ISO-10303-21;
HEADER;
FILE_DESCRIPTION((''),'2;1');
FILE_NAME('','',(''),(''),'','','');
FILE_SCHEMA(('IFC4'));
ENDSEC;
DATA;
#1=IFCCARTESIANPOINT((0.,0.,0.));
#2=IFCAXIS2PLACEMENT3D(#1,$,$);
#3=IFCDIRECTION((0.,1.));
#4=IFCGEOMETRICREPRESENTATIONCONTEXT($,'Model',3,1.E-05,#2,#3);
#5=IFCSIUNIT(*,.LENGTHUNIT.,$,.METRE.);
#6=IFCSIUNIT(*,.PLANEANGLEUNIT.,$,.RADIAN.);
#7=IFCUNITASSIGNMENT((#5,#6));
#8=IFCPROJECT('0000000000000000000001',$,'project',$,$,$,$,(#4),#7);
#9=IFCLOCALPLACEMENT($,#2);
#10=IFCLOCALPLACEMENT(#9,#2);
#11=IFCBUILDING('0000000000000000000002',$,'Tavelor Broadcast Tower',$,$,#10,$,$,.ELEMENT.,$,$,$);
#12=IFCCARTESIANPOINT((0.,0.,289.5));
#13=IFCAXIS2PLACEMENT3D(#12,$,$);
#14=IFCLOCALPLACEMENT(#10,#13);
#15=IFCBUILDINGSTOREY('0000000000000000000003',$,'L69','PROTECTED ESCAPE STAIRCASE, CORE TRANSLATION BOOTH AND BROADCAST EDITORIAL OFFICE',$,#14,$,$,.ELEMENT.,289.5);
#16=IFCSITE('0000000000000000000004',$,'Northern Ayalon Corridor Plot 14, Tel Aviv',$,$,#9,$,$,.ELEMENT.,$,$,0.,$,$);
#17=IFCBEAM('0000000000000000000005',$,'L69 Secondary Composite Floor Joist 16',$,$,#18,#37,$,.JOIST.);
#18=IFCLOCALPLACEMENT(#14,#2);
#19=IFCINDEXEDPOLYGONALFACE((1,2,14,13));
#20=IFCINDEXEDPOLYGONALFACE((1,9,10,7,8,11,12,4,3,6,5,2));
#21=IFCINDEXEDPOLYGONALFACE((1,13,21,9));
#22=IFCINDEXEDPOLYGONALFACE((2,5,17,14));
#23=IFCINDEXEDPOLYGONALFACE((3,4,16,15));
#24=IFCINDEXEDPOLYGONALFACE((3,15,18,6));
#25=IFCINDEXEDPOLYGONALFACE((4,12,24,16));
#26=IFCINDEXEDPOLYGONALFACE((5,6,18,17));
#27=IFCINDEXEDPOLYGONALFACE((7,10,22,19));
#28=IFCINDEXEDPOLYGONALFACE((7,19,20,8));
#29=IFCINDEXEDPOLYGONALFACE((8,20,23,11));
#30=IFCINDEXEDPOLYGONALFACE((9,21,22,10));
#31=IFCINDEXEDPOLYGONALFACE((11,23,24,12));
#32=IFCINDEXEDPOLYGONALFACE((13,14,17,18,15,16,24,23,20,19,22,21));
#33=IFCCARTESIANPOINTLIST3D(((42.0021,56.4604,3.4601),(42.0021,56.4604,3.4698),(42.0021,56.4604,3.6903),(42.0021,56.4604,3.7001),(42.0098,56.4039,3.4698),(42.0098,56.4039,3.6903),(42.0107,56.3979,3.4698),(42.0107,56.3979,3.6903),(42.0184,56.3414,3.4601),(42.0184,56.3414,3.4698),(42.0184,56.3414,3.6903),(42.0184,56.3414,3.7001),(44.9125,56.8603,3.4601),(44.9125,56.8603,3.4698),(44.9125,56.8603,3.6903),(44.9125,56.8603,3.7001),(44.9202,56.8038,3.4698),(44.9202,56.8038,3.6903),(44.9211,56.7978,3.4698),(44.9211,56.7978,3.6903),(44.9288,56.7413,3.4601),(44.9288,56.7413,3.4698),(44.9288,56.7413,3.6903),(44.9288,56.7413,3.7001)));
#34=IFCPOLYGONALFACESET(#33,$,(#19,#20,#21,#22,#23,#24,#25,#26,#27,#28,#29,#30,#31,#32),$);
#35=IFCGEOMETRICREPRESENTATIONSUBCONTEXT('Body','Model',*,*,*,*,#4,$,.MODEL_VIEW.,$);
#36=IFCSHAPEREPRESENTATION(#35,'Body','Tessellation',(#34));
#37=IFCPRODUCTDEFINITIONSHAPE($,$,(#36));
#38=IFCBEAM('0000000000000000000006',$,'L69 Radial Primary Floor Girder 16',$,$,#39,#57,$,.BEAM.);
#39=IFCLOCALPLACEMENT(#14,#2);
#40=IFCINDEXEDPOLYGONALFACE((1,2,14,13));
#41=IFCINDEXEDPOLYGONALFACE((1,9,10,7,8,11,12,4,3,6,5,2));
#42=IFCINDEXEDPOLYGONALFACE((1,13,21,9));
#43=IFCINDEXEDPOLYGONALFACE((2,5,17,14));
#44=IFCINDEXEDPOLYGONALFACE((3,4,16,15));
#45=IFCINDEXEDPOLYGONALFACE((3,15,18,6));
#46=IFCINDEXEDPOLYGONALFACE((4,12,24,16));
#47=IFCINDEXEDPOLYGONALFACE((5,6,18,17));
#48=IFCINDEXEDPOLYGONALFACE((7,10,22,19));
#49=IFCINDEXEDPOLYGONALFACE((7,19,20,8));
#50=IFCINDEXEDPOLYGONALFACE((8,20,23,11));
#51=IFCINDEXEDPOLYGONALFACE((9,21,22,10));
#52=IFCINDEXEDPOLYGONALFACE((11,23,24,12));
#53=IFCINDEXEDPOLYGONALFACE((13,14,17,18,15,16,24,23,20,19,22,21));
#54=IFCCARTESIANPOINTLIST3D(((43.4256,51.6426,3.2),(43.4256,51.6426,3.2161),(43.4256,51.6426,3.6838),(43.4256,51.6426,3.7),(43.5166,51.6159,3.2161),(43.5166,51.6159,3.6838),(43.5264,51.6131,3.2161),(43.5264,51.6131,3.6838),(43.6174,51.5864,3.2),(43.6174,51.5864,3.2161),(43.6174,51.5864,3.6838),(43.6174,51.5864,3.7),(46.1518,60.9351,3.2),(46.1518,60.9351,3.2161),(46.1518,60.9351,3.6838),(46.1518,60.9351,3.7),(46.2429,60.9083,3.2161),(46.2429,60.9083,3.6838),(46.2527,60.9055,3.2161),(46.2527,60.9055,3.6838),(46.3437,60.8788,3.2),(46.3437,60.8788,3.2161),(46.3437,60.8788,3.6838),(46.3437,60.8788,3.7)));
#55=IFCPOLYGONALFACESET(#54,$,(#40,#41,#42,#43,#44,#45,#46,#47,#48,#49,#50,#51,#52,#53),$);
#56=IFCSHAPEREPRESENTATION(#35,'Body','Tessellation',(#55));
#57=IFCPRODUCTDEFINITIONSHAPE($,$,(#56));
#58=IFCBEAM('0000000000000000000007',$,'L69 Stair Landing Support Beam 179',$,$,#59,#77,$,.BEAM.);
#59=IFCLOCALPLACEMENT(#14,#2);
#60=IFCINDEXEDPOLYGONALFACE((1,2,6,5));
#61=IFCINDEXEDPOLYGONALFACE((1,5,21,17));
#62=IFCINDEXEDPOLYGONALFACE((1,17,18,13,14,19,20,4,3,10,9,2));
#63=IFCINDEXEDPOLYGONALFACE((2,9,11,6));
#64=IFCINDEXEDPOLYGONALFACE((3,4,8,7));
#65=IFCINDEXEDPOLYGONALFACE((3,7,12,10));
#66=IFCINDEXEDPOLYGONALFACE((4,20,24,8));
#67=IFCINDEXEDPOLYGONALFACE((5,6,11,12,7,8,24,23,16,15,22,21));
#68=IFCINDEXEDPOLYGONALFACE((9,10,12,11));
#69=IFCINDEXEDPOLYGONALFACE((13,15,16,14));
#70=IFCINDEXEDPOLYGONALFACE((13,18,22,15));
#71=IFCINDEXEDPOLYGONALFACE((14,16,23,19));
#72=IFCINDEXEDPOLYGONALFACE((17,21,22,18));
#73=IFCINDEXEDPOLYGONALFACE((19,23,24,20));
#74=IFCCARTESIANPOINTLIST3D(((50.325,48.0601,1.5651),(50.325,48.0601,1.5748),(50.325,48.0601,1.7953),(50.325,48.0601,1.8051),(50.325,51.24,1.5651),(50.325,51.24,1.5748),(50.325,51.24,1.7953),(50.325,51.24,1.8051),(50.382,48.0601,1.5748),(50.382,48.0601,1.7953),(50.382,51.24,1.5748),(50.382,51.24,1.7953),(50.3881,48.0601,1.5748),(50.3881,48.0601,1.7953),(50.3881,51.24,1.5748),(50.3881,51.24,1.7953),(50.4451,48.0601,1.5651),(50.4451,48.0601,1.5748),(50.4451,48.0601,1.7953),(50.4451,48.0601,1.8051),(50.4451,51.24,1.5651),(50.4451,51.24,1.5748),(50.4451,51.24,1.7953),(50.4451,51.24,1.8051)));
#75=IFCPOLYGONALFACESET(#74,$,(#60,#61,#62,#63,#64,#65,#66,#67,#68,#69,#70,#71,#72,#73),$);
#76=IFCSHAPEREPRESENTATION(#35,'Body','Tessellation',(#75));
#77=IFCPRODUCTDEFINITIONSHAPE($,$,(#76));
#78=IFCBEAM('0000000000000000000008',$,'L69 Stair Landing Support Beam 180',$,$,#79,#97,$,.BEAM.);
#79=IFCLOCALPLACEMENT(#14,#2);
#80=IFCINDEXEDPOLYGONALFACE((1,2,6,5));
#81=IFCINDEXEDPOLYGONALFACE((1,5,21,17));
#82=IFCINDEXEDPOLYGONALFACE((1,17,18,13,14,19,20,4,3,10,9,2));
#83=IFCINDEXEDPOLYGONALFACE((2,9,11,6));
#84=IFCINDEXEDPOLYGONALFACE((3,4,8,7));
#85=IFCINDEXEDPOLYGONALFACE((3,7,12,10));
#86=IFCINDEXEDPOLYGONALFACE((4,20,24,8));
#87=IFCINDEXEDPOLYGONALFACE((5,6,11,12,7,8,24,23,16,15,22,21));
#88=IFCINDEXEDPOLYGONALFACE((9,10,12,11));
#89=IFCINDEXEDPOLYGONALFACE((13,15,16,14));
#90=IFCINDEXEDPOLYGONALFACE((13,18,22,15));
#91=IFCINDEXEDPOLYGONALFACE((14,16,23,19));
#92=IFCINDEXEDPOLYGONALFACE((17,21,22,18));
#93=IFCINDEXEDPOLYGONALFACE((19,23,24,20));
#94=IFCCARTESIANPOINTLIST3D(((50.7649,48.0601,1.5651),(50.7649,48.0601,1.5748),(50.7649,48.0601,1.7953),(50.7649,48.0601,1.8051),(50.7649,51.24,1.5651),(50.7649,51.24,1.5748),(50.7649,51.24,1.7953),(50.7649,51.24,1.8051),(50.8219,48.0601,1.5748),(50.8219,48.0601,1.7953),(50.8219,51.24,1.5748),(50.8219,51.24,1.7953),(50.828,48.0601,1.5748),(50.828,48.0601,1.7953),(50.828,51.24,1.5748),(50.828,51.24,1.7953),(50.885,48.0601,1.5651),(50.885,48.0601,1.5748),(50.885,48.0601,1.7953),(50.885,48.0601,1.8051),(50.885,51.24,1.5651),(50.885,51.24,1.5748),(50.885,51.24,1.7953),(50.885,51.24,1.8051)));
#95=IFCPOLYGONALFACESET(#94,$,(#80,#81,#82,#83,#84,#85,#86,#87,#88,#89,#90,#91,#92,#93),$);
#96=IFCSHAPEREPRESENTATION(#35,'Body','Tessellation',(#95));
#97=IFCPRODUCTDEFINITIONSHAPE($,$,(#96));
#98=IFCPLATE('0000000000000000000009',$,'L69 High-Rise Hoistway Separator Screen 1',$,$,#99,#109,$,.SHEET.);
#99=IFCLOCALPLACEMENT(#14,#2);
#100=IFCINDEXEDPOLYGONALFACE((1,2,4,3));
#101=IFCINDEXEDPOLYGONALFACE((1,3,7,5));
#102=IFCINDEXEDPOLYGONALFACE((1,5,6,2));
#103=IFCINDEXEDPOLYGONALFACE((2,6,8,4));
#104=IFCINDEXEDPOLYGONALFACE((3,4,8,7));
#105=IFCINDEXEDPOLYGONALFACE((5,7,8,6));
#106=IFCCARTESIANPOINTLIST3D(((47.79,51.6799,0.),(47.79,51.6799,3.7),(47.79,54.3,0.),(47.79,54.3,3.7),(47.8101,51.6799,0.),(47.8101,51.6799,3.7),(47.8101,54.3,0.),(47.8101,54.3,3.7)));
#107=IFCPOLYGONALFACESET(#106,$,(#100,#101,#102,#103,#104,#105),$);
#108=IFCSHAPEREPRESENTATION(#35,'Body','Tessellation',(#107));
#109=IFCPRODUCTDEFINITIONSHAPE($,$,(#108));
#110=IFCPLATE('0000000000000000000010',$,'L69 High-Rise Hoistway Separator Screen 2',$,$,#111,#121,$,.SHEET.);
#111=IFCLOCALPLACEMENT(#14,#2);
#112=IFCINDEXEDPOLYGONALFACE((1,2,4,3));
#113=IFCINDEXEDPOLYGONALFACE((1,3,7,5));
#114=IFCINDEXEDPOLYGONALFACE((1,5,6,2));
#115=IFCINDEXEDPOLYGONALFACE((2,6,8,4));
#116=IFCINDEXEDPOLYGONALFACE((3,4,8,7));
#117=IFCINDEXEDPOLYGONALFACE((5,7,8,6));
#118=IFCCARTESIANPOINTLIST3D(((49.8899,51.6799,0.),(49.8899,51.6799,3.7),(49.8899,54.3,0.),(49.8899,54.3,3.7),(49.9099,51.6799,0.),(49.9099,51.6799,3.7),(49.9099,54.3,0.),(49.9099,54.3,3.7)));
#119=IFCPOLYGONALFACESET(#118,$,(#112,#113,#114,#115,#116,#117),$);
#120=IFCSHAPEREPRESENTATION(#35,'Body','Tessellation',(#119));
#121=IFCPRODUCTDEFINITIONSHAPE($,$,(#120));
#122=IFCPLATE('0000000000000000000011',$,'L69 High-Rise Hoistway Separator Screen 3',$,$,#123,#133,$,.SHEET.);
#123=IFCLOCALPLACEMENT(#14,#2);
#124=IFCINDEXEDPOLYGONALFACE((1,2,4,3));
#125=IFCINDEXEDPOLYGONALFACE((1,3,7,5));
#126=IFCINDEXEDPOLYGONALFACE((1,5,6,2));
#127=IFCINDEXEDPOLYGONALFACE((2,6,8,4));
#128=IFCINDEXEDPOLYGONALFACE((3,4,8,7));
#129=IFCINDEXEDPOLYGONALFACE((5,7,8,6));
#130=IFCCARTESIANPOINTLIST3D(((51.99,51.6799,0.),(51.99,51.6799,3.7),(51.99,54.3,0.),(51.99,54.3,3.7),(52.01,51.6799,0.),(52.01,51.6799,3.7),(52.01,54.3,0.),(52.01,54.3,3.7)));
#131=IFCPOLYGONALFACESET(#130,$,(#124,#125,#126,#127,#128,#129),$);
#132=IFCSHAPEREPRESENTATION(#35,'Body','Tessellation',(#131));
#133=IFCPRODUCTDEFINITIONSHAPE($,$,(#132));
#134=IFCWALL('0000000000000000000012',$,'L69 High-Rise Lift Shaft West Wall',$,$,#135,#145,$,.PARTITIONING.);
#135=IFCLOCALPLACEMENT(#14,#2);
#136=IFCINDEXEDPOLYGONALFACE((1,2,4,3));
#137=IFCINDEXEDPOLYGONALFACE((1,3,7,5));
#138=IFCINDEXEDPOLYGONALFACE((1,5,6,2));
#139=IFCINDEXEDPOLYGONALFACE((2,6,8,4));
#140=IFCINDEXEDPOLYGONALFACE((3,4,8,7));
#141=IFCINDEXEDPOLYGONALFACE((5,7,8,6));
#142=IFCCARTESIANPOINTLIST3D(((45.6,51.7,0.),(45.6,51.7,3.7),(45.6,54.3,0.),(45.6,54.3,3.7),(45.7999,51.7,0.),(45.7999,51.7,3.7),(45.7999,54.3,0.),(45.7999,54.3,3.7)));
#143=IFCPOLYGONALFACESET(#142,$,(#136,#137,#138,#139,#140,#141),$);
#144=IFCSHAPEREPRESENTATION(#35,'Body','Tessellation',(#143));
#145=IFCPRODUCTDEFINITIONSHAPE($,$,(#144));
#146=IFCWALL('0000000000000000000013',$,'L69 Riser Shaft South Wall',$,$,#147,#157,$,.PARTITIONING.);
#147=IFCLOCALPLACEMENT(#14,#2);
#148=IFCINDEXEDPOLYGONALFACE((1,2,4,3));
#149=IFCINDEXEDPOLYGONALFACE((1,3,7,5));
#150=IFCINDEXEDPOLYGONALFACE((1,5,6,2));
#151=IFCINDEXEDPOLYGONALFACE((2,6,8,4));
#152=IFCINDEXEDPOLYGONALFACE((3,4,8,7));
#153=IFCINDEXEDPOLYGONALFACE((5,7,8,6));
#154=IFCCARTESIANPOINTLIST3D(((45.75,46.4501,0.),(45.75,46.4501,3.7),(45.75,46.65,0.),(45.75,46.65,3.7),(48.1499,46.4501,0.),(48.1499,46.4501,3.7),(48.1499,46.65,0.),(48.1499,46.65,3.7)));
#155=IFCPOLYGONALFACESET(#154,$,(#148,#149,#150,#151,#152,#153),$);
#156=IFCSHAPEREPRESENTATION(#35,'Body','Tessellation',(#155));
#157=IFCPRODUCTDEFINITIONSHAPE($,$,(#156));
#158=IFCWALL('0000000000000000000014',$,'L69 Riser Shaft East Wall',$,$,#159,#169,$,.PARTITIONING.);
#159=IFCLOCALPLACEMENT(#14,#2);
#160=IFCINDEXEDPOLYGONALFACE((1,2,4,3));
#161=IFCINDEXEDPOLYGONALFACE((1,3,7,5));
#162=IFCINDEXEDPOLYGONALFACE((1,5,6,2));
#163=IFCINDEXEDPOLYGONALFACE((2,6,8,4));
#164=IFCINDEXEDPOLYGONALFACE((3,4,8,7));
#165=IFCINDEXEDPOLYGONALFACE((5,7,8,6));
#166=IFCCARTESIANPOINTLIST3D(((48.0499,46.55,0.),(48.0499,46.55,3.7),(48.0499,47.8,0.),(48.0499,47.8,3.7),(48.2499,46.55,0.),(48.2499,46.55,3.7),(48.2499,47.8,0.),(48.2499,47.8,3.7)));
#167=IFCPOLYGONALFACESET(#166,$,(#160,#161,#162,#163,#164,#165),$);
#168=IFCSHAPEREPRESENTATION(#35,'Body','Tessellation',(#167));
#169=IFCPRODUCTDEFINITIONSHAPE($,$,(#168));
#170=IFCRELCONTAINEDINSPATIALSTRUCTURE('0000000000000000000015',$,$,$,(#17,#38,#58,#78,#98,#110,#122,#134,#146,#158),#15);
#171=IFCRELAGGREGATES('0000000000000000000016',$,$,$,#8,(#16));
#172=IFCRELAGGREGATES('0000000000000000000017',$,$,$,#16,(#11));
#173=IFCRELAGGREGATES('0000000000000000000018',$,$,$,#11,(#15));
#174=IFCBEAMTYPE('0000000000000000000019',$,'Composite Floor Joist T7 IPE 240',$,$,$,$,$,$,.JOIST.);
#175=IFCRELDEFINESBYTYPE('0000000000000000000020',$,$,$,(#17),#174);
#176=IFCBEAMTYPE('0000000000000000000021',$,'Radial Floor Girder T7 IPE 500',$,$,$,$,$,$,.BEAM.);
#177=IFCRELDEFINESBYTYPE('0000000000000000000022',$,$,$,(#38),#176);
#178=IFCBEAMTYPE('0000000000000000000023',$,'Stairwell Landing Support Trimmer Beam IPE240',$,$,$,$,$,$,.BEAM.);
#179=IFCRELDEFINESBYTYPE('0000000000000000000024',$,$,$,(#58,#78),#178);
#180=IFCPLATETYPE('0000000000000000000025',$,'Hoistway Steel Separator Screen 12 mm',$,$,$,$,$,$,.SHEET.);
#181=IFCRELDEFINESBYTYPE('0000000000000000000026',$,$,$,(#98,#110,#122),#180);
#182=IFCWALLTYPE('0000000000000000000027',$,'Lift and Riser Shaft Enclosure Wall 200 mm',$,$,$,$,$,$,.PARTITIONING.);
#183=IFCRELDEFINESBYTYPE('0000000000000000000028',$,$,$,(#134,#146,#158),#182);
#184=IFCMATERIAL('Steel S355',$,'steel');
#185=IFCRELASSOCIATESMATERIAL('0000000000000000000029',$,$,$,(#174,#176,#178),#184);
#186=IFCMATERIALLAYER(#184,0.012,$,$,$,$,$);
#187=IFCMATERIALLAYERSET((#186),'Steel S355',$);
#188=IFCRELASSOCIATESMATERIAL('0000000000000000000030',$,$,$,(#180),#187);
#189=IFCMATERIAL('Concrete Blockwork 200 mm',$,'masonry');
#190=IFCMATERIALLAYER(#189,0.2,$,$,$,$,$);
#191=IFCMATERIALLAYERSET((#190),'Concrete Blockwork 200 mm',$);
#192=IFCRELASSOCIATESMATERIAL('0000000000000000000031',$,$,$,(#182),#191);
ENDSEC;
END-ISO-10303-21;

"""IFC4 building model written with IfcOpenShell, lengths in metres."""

from ifc_helpers import new_model, si_unit, direction, frame, frame_2d, origin, origin_2d, place, context, subcontext, project, spatial, rectangle, i_section, extrude, source, transform, mapped, material, layer, layer_set, material_profile, profile_set, type_object, type_shapes, element, save


model = new_model("IFC4")

# Units and contexts
model_context = context("Model", 3, precision=1e-05, world=origin(), true_north=direction((0.0, 1.0)))
body_context = subcontext(model_context, "Body", "Model", "MODEL_VIEW")
ifc_project = project(units=[si_unit("LENGTHUNIT", "METRE"), si_unit("PLANEANGLEUNIT", "RADIAN")], contexts=[model_context])

# Site, building, storey
site_placement = place(None, origin())
site = spatial("IfcSite", under=ifc_project, at=site_placement, Name="Northern Ayalon Corridor Plot 14, Tel Aviv", CompositionType="ELEMENT", RefElevation=0.0)
building_placement = place(site_placement, origin())
building = spatial("IfcBuilding", under=site, at=building_placement, Name="Tavelor Broadcast Tower", CompositionType="ELEMENT")
storey_placement = place(building_placement, frame((0.0, 0.0, 289.5)))
storey = spatial("IfcBuildingStorey", under=building, at=storey_placement, Name="L69", Description="PROTECTED ESCAPE STAIRCASE, CORE TRANSLATION BOOTH AND BROADCAST EDITORIAL OFFICE", CompositionType="ELEMENT", Elevation=289.5)

# Beams
ifc_material_1 = material(Name="Steel S355", Category="steel")
ifc_material_profile_1 = material_profile(ifc_material_1, i_section(OverallWidth=0.1201, OverallDepth=0.24, WebThickness=0.0061, FlangeThickness=0.0098, at=origin_2d()), Name="IPE 240")
ifc_profile_set_1 = profile_set([ifc_material_profile_1], Name="Steel S355")
beam_type_1 = type_object("IfcBeamType", Name="Composite Floor Joist T7 IPE 240", PredefinedType="JOIST", material=ifc_profile_set_1)
beam_1_placement = place(storey_placement, frame((44.9207, 56.8008, 3.5801), z_axis=(-0.990692, -0.136126, 0.0), x_axis=(0.136126, -0.990692, 0.0)))
element("IfcBeam", 1, at=beam_1_placement, inside=storey, type_object=beam_type_1, Name="L69 Secondary Composite Floor Joist 16", PredefinedType="JOIST", context=body_context, shape_type="SweptSolid", body=[
    extrude(i_section(OverallWidth=0.1201, OverallDepth=0.24, WebThickness=0.0061, FlangeThickness=0.0098, at=origin_2d()), origin(), (0.0, 0.0, 1.0), 2.9377),
])
ifc_material_profile_2 = material_profile(ifc_material_1, i_section(OverallWidth=0.2, OverallDepth=0.5, WebThickness=0.0103, FlangeThickness=0.0161, at=origin_2d()), Name="IPE 500")
ifc_profile_set_2 = profile_set([ifc_material_profile_2], Name="Steel S355")
beam_type_2 = type_object("IfcBeamType", Name="Radial Floor Girder T7 IPE 500", PredefinedType="BEAM", material=ifc_profile_set_2)
beam_2_placement = place(storey_placement, frame((43.5215, 51.6145, 3.45), z_axis=(0.281523, 0.959554, 0.0), x_axis=(-0.959554, 0.281523, 0.0)))
element("IfcBeam", 2, at=beam_2_placement, inside=storey, type_object=beam_type_2, Name="L69 Radial Primary Floor Girder 16", PredefinedType="BEAM", context=body_context, shape_type="SweptSolid", body=[
    extrude(i_section(OverallWidth=0.2, OverallDepth=0.5, WebThickness=0.0103, FlangeThickness=0.0161, at=origin_2d()), origin(), (0.0, 0.0, 1.0), 9.6841),
])
ifc_material_profile_3 = material_profile(ifc_material_1, i_section(OverallWidth=0.1201, OverallDepth=0.24, WebThickness=0.0061, FlangeThickness=0.0098, at=origin_2d()), Name="IPE 240")
ifc_profile_set_3 = profile_set([ifc_material_profile_3], Name="Steel S355")
beam_type_3 = type_object("IfcBeamType", Name="Stairwell Landing Support Trimmer Beam IPE240", PredefinedType="BEAM", material=ifc_profile_set_3)
for number, where, z_axis, x_axis, name in (
    (3, (50.385, 48.0601, 1.6851), (0.0, 1.0, 0.0), (-1.0, 0.0, 0.0), "L69 Stair Landing Support Beam 179"),
    (4, (50.825, 48.0601, 1.6851), (0.0, 1.0, 0.0), (-1.0, 0.0, 0.0), "L69 Stair Landing Support Beam 180"),
):
    element("IfcBeam", number, at=place(storey_placement, frame(where, z_axis=z_axis, x_axis=x_axis)), inside=storey, type_object=beam_type_3, Name=name, PredefinedType="BEAM", context=body_context, shape_type="SweptSolid", body=[
        extrude(i_section(OverallWidth=0.1201, OverallDepth=0.24, WebThickness=0.0061, FlangeThickness=0.0098, at=origin_2d()), origin(), (0.0, 0.0, 1.0), 3.1799),
    ])

# Plates
ifc_layer_1 = layer(ifc_material_1, 0.012)
ifc_layer_set_1 = layer_set([ifc_layer_1], Name="Steel S355")
plate_type = type_object("IfcPlateType", Name="Hoistway Steel Separator Screen 12 mm", PredefinedType="SHEET", material=ifc_layer_set_1)
shared_shape = source(origin(), body_context, "Body", "SweptSolid", [
    extrude(rectangle(XDim=0.02, YDim=2.6201, at=origin_2d()), origin(), (0.0, 0.0, 1.0), 3.7),
])
type_shapes(plate_type, [shared_shape])
for number, where, z_axis, x_axis, name in (
    (5, (47.8, 52.99, 0.0), (0.0, 0.0, 1.0), (1.0, 0.0, 0.0), "L69 High-Rise Hoistway Separator Screen 1"),
    (6, (49.8999, 52.99, 0.0), (0.0, 0.0, 1.0), (1.0, 0.0, 0.0), "L69 High-Rise Hoistway Separator Screen 2"),
    (7, (52.0, 52.99, 0.0), (0.0, 0.0, 1.0), (1.0, 0.0, 0.0), "L69 High-Rise Hoistway Separator Screen 3"),
):
    element("IfcPlate", number, at=place(storey_placement, frame(where, z_axis=z_axis, x_axis=x_axis)), inside=storey, type_object=plate_type, Name=name, PredefinedType="SHEET", context=body_context, shape_type="MappedRepresentation", body=[
        mapped(shared_shape, transform((0.0, 0.0, 0.0), scale=1.0)),
    ])

# Shared definitions
ifc_material_2 = material(Name="Concrete Blockwork 200 mm", Category="masonry")

# Walls
ifc_layer_2 = layer(ifc_material_2, 0.2)
ifc_layer_set_2 = layer_set([ifc_layer_2], Name="Concrete Blockwork 200 mm")
wall_type_1 = type_object("IfcWallType", Name="Lift and Riser Shaft Enclosure Wall 200 mm", PredefinedType="PARTITIONING", material=ifc_layer_set_2)
wall_1_placement = place(storey_placement, frame((45.7, 51.7, 0.0), z_axis=(0.0, 0.0, 1.0), x_axis=(0.0, 1.0, 0.0)))
element("IfcWall", 8, at=wall_1_placement, inside=storey, type_object=wall_type_1, Name="L69 High-Rise Lift Shaft West Wall", PredefinedType="PARTITIONING", context=body_context, shape_type="SweptSolid", body=[
    extrude(rectangle(XDim=2.6001, YDim=0.2, at=frame_2d((1.3, 0.0))), origin(), (0.0, 0.0, 1.0), 3.7),
])
wall_2_placement = place(storey_placement, frame((45.75, 46.55, 0.0), z_axis=(0.0, 0.0, 1.0), x_axis=(1.0, 0.0, 0.0)))
element("IfcWall", 9, at=wall_2_placement, inside=storey, type_object=wall_type_1, Name="L69 Riser Shaft South Wall", PredefinedType="PARTITIONING", context=body_context, shape_type="SweptSolid", body=[
    extrude(rectangle(XDim=2.3999, YDim=0.2, at=frame_2d((1.2, 0.0))), origin(), (0.0, 0.0, 1.0), 3.7),
])
wall_3_placement = place(storey_placement, frame((48.1499, 46.55, 0.0), z_axis=(0.0, 0.0, 1.0), x_axis=(0.0, 1.0, 0.0)))
element("IfcWall", 10, at=wall_3_placement, inside=storey, type_object=wall_type_1, Name="L69 Riser Shaft East Wall", PredefinedType="PARTITIONING", context=body_context, shape_type="SweptSolid", body=[
    extrude(rectangle(XDim=1.25, YDim=0.2, at=frame_2d((0.625, 0.0))), origin(), (0.0, 0.0, 1.0), 3.7),
])

save(model, "model.ifc")
